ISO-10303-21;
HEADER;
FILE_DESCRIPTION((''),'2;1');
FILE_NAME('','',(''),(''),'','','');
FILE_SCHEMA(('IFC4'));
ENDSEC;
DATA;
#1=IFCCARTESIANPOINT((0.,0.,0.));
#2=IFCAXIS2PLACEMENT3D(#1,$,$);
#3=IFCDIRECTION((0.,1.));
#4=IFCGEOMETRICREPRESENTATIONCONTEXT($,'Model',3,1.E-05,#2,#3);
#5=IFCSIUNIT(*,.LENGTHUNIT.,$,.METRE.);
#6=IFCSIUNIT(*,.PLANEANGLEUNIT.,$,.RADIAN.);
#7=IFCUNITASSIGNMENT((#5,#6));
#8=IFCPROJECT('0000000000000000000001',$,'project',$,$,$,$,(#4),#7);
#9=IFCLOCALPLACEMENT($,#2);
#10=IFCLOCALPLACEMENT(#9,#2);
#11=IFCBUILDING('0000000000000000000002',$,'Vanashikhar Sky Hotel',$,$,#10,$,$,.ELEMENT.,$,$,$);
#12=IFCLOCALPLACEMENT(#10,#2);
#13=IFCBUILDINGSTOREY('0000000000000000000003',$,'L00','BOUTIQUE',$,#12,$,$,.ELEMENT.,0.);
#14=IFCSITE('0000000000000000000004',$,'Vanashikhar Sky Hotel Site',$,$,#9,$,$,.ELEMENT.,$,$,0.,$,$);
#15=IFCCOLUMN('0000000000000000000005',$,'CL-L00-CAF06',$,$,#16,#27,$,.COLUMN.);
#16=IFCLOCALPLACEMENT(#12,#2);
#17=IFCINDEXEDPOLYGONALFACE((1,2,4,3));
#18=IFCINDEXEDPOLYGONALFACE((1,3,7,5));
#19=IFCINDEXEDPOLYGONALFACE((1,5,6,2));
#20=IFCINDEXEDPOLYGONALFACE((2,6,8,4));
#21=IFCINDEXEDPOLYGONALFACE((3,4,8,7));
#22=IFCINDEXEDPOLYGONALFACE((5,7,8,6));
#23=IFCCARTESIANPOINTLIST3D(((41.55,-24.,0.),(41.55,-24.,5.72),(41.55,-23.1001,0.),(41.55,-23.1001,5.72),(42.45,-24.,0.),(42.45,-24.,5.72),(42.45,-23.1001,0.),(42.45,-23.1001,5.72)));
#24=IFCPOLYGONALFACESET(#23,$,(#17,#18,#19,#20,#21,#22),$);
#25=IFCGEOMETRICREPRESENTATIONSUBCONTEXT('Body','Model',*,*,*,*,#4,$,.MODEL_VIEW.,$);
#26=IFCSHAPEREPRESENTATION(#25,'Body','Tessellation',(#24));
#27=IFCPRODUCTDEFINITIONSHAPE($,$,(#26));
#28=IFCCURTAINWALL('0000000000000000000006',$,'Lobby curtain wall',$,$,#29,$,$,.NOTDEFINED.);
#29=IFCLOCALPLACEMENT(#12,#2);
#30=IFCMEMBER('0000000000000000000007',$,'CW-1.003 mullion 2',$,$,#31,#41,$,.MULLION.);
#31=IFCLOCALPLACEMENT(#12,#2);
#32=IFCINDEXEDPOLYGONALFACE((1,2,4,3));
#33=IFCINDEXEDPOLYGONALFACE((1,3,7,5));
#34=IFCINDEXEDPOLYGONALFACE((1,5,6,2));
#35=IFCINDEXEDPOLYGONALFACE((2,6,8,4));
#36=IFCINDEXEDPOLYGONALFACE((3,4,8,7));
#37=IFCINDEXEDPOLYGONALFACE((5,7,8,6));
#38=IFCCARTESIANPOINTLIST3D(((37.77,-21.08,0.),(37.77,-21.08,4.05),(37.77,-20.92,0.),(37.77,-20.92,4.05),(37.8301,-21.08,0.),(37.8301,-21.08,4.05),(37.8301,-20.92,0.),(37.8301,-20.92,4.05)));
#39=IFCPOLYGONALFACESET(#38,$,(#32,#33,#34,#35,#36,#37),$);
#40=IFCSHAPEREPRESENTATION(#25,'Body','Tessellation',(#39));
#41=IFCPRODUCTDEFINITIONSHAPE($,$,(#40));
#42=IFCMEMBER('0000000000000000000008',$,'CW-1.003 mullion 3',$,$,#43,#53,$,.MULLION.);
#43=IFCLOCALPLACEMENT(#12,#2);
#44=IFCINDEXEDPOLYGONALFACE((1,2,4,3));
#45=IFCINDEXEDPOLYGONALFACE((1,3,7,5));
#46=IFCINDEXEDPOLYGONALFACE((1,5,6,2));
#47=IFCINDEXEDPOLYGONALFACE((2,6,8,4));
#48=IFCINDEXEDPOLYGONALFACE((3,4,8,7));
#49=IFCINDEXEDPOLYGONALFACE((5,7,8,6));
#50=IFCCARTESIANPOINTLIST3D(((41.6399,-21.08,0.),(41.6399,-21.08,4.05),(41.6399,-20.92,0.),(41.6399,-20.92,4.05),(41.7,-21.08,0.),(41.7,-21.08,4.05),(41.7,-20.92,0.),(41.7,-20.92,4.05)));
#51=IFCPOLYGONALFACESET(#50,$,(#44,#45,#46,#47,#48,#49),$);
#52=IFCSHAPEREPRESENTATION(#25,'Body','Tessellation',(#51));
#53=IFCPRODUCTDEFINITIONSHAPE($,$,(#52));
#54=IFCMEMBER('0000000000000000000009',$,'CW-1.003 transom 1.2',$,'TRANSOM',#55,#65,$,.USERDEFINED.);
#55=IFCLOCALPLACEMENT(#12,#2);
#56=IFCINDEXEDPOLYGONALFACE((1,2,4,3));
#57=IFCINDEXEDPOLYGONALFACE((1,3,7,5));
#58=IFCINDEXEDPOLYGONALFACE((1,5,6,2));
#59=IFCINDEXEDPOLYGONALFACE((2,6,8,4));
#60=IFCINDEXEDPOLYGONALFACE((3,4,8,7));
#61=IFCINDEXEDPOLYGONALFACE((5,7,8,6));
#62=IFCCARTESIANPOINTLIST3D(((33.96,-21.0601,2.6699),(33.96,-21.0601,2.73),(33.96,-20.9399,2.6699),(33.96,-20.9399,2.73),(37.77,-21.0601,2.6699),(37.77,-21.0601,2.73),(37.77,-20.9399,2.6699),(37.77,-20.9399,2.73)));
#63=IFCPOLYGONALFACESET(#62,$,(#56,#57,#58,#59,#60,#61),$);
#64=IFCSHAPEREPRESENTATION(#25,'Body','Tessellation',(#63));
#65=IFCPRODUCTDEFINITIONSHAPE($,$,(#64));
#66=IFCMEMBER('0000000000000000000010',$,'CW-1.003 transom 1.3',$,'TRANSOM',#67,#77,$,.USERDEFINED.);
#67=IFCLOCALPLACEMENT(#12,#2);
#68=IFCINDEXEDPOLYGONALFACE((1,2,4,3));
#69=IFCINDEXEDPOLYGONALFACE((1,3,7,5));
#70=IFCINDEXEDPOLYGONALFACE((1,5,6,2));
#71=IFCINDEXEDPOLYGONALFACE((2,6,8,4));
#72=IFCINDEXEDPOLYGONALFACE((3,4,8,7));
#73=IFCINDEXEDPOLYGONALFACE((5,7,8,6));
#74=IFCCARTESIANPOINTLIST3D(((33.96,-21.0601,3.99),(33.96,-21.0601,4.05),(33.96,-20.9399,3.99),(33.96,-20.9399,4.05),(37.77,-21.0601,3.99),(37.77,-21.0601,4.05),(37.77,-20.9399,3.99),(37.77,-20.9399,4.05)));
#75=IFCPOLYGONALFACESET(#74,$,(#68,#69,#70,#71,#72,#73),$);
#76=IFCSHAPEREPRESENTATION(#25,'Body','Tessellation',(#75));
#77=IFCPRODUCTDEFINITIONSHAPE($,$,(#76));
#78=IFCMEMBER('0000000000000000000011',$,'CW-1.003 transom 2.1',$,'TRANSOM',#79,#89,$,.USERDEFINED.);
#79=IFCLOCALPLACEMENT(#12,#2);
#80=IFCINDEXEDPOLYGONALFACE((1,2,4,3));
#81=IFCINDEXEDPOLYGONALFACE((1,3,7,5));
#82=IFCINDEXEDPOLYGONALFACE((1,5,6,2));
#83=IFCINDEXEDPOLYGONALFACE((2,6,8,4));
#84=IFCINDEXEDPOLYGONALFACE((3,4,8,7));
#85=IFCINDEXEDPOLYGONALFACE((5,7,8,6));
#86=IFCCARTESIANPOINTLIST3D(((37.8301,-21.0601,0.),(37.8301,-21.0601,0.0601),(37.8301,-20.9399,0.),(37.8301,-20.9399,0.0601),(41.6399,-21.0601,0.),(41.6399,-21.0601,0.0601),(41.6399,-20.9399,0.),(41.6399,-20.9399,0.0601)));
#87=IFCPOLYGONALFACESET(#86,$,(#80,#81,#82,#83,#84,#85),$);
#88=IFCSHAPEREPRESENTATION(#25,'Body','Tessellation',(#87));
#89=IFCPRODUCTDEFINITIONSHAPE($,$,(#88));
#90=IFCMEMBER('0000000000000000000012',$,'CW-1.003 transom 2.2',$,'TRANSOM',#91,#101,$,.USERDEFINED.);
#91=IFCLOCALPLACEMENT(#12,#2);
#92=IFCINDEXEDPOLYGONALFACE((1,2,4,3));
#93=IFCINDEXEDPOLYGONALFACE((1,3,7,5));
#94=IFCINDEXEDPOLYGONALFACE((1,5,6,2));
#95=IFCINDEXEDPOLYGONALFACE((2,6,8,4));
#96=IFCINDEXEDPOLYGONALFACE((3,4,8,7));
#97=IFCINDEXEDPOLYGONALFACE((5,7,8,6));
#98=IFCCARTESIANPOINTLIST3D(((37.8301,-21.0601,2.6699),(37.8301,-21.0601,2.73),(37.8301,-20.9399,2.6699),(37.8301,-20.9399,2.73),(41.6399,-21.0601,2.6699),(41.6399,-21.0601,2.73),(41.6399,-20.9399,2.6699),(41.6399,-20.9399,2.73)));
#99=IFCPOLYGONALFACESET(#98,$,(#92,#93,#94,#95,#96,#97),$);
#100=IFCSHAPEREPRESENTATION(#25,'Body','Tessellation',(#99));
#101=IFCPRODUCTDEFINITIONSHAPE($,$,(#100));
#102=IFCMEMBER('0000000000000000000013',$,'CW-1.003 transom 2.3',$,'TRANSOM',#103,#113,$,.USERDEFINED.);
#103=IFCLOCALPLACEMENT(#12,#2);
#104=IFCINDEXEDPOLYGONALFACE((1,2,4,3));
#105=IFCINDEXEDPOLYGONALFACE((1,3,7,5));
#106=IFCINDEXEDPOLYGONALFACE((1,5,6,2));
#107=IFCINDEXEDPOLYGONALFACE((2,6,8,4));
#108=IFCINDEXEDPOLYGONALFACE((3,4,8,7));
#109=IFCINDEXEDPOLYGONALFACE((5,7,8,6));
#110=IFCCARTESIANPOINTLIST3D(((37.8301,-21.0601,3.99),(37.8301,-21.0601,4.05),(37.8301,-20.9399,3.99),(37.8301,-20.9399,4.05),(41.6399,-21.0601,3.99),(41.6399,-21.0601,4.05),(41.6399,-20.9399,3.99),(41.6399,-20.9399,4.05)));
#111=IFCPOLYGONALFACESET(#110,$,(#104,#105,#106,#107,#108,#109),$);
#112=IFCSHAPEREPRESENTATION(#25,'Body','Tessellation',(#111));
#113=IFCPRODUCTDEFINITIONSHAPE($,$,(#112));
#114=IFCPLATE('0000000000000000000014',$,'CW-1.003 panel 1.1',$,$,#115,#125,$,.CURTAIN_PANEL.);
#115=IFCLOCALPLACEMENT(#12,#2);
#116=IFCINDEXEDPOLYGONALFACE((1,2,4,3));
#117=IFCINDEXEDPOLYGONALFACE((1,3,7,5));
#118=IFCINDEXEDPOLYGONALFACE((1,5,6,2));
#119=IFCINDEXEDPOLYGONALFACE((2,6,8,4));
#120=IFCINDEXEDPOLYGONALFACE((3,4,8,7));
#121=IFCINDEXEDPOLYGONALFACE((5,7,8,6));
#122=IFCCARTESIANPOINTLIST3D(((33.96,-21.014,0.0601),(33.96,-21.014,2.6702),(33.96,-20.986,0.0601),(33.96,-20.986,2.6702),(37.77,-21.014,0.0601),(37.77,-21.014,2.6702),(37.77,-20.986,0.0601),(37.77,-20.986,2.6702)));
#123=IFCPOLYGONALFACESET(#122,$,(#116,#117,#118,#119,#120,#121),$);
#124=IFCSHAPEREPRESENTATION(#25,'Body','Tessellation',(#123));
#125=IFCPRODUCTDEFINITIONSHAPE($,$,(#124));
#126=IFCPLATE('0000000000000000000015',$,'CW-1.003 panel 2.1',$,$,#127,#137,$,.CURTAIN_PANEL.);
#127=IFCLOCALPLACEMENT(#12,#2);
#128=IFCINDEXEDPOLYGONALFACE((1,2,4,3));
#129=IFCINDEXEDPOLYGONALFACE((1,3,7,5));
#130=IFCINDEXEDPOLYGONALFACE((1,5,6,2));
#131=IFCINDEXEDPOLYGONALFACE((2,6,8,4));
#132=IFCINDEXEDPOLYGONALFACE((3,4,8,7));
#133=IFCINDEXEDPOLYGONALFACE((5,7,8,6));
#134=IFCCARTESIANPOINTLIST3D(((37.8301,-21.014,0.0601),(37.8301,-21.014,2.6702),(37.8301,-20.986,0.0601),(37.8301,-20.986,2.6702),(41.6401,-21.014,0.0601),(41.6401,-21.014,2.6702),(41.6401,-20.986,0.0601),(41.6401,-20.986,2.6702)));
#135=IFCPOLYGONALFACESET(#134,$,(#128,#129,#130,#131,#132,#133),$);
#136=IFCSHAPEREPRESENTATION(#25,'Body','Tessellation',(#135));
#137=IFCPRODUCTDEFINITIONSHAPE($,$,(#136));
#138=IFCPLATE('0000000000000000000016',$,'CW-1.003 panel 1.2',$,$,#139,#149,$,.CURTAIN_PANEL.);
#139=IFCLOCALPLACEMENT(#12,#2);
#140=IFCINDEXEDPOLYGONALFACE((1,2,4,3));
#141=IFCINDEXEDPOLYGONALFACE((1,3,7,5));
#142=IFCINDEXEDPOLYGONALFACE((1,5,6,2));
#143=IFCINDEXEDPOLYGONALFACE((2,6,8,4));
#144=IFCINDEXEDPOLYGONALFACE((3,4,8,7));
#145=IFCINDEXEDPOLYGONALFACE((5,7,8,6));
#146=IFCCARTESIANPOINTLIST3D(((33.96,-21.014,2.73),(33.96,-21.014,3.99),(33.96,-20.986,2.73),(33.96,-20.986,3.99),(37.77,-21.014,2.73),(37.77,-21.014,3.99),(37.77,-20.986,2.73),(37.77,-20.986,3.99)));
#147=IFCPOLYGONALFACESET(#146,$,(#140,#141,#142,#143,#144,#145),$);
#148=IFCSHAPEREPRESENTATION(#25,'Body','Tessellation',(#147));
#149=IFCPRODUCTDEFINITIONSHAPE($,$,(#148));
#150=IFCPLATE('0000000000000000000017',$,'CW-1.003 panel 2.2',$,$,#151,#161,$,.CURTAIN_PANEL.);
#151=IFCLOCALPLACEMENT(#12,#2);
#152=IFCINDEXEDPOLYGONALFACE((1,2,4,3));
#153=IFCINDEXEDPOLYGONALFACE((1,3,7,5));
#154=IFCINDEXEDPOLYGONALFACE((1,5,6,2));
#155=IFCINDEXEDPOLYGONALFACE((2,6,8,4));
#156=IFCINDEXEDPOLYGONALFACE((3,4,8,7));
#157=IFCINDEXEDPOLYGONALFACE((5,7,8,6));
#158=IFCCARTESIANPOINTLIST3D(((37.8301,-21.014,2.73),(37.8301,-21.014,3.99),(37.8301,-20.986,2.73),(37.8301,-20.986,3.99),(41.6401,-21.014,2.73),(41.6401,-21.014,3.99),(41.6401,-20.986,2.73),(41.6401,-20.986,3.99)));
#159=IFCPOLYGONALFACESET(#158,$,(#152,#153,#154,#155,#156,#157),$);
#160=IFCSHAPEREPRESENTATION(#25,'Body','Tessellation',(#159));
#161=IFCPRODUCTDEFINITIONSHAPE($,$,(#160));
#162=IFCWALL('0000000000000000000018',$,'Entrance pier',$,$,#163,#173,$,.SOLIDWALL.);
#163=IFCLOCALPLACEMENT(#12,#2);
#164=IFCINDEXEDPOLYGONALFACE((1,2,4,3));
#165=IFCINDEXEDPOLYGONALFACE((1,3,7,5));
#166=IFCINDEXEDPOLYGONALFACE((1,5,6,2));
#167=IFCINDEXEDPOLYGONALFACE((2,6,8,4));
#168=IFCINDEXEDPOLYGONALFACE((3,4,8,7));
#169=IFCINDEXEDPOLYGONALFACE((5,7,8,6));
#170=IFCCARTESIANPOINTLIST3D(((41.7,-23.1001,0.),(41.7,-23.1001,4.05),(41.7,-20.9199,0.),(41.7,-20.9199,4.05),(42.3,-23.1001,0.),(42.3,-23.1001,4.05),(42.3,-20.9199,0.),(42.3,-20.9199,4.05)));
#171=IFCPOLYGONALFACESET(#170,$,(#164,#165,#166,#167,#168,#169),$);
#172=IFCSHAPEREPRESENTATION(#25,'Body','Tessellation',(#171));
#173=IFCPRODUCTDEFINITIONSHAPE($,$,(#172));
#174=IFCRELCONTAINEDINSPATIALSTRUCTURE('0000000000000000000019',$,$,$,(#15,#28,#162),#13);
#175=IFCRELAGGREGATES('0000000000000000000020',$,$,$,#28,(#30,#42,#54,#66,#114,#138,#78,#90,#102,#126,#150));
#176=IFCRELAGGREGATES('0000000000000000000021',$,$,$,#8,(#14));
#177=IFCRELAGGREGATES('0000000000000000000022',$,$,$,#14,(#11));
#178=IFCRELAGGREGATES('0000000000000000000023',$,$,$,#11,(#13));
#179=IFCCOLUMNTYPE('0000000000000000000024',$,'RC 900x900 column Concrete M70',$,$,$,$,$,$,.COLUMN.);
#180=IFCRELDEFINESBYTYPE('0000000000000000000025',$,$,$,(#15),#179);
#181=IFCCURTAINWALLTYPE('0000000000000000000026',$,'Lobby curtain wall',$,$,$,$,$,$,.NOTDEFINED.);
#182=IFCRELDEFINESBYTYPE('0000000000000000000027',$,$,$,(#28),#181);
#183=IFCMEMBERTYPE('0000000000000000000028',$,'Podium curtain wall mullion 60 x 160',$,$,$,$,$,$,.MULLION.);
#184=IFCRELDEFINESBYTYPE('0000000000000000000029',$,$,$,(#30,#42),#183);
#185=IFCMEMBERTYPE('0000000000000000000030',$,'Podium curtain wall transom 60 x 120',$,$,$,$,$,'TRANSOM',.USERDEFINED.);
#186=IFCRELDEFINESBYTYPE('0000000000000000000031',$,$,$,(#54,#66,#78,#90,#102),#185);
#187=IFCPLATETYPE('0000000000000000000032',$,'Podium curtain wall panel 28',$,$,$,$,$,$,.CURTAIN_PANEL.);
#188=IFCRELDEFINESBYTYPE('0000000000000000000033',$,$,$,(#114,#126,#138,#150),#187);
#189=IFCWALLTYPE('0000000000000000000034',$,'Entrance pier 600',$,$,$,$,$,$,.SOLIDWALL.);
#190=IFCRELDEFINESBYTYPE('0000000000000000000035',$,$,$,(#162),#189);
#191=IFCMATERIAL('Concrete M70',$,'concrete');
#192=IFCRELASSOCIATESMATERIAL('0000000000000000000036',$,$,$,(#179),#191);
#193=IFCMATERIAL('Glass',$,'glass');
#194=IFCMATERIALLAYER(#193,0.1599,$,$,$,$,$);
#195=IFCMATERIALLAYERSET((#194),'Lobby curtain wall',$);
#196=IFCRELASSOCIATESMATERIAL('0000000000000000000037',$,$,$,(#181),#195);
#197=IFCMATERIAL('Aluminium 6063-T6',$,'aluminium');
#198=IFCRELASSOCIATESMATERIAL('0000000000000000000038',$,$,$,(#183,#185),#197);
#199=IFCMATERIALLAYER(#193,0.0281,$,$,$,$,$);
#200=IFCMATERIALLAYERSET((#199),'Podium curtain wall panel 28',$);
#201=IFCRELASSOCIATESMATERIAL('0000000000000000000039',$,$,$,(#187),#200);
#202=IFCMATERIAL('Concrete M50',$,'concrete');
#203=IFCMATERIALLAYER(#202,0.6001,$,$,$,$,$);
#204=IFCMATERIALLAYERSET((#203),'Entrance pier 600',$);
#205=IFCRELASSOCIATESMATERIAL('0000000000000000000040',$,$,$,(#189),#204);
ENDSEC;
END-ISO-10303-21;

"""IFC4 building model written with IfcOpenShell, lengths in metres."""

from ifc_helpers import new_model, si_unit, direction, frame, frame_2d, origin, origin_2d, place, context, subcontext, project, spatial, rectangle, extrude, source, transform, mapped, material, layer, layer_set, material_profile, profile_set, type_object, element, aggregate, save


model = new_model("IFC4")

# Units and contexts
model_context = context("Model", 3, precision=1e-05, world=origin(), true_north=direction((0.0, 1.0)))
body_context = subcontext(model_context, "Body", "Model", "MODEL_VIEW")
ifc_project = project(units=[si_unit("LENGTHUNIT", "METRE"), si_unit("PLANEANGLEUNIT", "RADIAN")], contexts=[model_context])

# Site, building, storey
site_placement = place(None, origin())
site = spatial("IfcSite", under=ifc_project, at=site_placement, Name="Vanashikhar Sky Hotel Site", CompositionType="ELEMENT", RefElevation=0.0)
building_placement = place(site_placement, origin())
building = spatial("IfcBuilding", under=site, at=building_placement, Name="Vanashikhar Sky Hotel", CompositionType="ELEMENT")
storey_placement = place(building_placement, origin())
storey = spatial("IfcBuildingStorey", under=building, at=storey_placement, Name="L00", Description="BOUTIQUE", CompositionType="ELEMENT", Elevation=0.0)

# Column
ifc_material_1 = material(Name="Concrete M70", Category="concrete")
ifc_material_profile_1 = material_profile(ifc_material_1, rectangle(XDim=0.8999, YDim=0.8999, at=origin_2d()))
ifc_profile_set_1 = profile_set([ifc_material_profile_1], Name="RC 900x900 column Concrete M70")
column_type = type_object("IfcColumnType", Name="RC 900x900 column Concrete M70", PredefinedType="COLUMN", material=ifc_profile_set_1)
shared_shape_1 = source(origin(), body_context, "Body", "SweptSolid", [
    extrude(rectangle(XDim=0.8999, YDim=0.8999, at=origin_2d()), origin(), (0.0, 0.0, 1.0), 5.72),
])
column_placement = place(storey_placement, frame((42.0, -23.55, 0.0), z_axis=(0.0, 0.0, 1.0), x_axis=(1.0, 0.0, 0.0)))
element("IfcColumn", 1, at=column_placement, inside=storey, type_object=column_type, Name="CL-L00-CAF06", PredefinedType="COLUMN", context=body_context, shape_type="MappedRepresentation", body=[
    mapped(shared_shape_1, transform((0.0, 0.0, 0.0), scale=1.0)),
])

# Curtain wall, members, plates
ifc_material_2 = material(Name="Glass", Category="glass")
ifc_layer_1 = layer(ifc_material_2, 0.1599)
ifc_layer_set_1 = layer_set([ifc_layer_1], Name="Lobby curtain wall")
curtain_wall_type = type_object("IfcCurtainWallType", Name="Lobby curtain wall", PredefinedType="NOTDEFINED", material=ifc_layer_set_1)
curtain_wall_placement = place(storey_placement, origin())
curtain_wall = element("IfcCurtainWall", 2, at=curtain_wall_placement, inside=storey, type_object=curtain_wall_type, Name="Lobby curtain wall", PredefinedType="NOTDEFINED")
ifc_material_3 = material(Name="Aluminium 6063-T6", Category="aluminium")
ifc_material_profile_2 = material_profile(ifc_material_3, rectangle(XDim=0.1599, YDim=0.0601, at=origin_2d()))
ifc_profile_set_2 = profile_set([ifc_material_profile_2], Name="Aluminium 6063-T6")
member_type_1 = type_object("IfcMemberType", Name="Podium curtain wall mullion 60 x 160", PredefinedType="MULLION", material=ifc_profile_set_2)
shared_shape_2 = source(origin(), body_context, "Body", "SweptSolid", [
    extrude(rectangle(XDim=0.1599, YDim=0.0601, at=origin_2d()), origin(), (0.0, 0.0, 1.0), 4.05),
])
member_1_placement = place(storey_placement, frame((37.8, -21.0, 0.0), z_axis=(0.0, 0.0, 1.0), x_axis=(0.0, 1.0, 0.0)))
member_1 = element("IfcMember", 3, at=member_1_placement, type_object=member_type_1, Name="CW-1.003 mullion 2", PredefinedType="MULLION", context=body_context, shape_type="MappedRepresentation", body=[
    mapped(shared_shape_2, transform((0.0, 0.0, 0.0), scale=1.0)),
])
member_2_placement = place(storey_placement, frame((41.6699, -21.0, 0.0), z_axis=(0.0, 0.0, 1.0), x_axis=(0.0, 1.0, 0.0)))
member_2 = element("IfcMember", 4, at=member_2_placement, type_object=member_type_1, Name="CW-1.003 mullion 3", PredefinedType="MULLION", context=body_context, shape_type="MappedRepresentation", body=[
    mapped(shared_shape_2, transform((0.0, 0.0, 0.0), scale=1.0)),
])
ifc_material_profile_3 = material_profile(ifc_material_3, rectangle(XDim=0.1201, YDim=0.0601, at=origin_2d()))
ifc_profile_set_3 = profile_set([ifc_material_profile_3], Name="Aluminium 6063-T6")
member_type_2 = type_object("IfcMemberType", Name="Podium curtain wall transom 60 x 120", ElementType="TRANSOM", PredefinedType="USERDEFINED", material=ifc_profile_set_3)
shared_shape_3 = source(origin(), body_context, "Body", "SweptSolid", [
    extrude(rectangle(XDim=0.1201, YDim=0.0601, at=origin_2d()), origin(), (0.0, 0.0, 1.0), 3.8101),
])
member_3_placement = place(storey_placement, frame((33.96, -21.0, 2.7), z_axis=(1.0, 0.0, 0.0), x_axis=(0.0, 1.0, 0.0)))
member_3 = element("IfcMember", 5, at=member_3_placement, type_object=member_type_2, Name="CW-1.003 transom 1.2", ObjectType="TRANSOM", PredefinedType="USERDEFINED", context=body_context, shape_type="MappedRepresentation", body=[
    mapped(shared_shape_3, transform((0.0, 0.0, 0.0), scale=1.0)),
])
member_4_placement = place(storey_placement, frame((33.96, -21.0, 4.02), z_axis=(1.0, 0.0, 0.0), x_axis=(0.0, 1.0, 0.0)))
member_4 = element("IfcMember", 6, at=member_4_placement, type_object=member_type_2, Name="CW-1.003 transom 1.3", ObjectType="TRANSOM", PredefinedType="USERDEFINED", context=body_context, shape_type="MappedRepresentation", body=[
    mapped(shared_shape_3, transform((0.0, 0.0, 0.0), scale=1.0)),
])
shared_shape_4 = source(origin(), body_context, "Body", "SweptSolid", [
    extrude(rectangle(XDim=0.1201, YDim=0.0601, at=origin_2d()), origin(), (0.0, 0.0, 1.0), 3.8098),
])
member_5_placement = place(storey_placement, frame((37.8301, -21.0, 0.03), z_axis=(1.0, 0.0, 0.0), x_axis=(0.0, 1.0, 0.0)))
member_5 = element("IfcMember", 7, at=member_5_placement, type_object=member_type_2, Name="CW-1.003 transom 2.1", ObjectType="TRANSOM", PredefinedType="USERDEFINED", context=body_context, shape_type="MappedRepresentation", body=[
    mapped(shared_shape_4, transform((0.0, 0.0, 0.0), scale=1.0)),
])
member_6_placement = place(storey_placement, frame((37.8301, -21.0, 2.7), z_axis=(1.0, 0.0, 0.0), x_axis=(0.0, 1.0, 0.0)))
member_6 = element("IfcMember", 8, at=member_6_placement, type_object=member_type_2, Name="CW-1.003 transom 2.2", ObjectType="TRANSOM", PredefinedType="USERDEFINED", context=body_context, shape_type="MappedRepresentation", body=[
    mapped(shared_shape_4, transform((0.0, 0.0, 0.0), scale=1.0)),
])
member_7_placement = place(storey_placement, frame((37.8301, -21.0, 4.02), z_axis=(1.0, 0.0, 0.0), x_axis=(0.0, 1.0, 0.0)))
member_7 = element("IfcMember", 9, at=member_7_placement, type_object=member_type_2, Name="CW-1.003 transom 2.3", ObjectType="TRANSOM", PredefinedType="USERDEFINED", context=body_context, shape_type="MappedRepresentation", body=[
    mapped(shared_shape_4, transform((0.0, 0.0, 0.0), scale=1.0)),
])
ifc_layer_2 = layer(ifc_material_2, 0.0281)
ifc_layer_set_2 = layer_set([ifc_layer_2], Name="Podium curtain wall panel 28")
plate_type = type_object("IfcPlateType", Name="Podium curtain wall panel 28", PredefinedType="CURTAIN_PANEL", material=ifc_layer_set_2)
shared_shape_5 = source(origin(), body_context, "Body", "SweptSolid", [
    extrude(rectangle(XDim=3.8101, YDim=0.0281, at=origin_2d()), origin(), (0.0, 0.0, 1.0), 2.6101),
])
plate_1_placement = place(storey_placement, frame((35.865, -21.0, 0.0601), z_axis=(0.0, 0.0, 1.0), x_axis=(1.0, 0.0, 0.0)))
plate_1 = element("IfcPlate", 10, at=plate_1_placement, type_object=plate_type, Name="CW-1.003 panel 1.1", PredefinedType="CURTAIN_PANEL", context=body_context, shape_type="MappedRepresentation", body=[
    mapped(shared_shape_5, transform((0.0, 0.0, 0.0), scale=1.0)),
])
plate_2_placement = place(storey_placement, frame((39.7351, -21.0, 0.0601), z_axis=(0.0, 0.0, 1.0), x_axis=(1.0, 0.0, 0.0)))
plate_2 = element("IfcPlate", 11, at=plate_2_placement, type_object=plate_type, Name="CW-1.003 panel 2.1", PredefinedType="CURTAIN_PANEL", context=body_context, shape_type="MappedRepresentation", body=[
    mapped(shared_shape_5, transform((0.0, 0.0, 0.0), scale=1.0)),
])
shared_shape_6 = source(origin(), body_context, "Body", "SweptSolid", [
    extrude(rectangle(XDim=3.8101, YDim=0.0281, at=origin_2d()), origin(), (0.0, 0.0, 1.0), 1.26),
])
plate_3_placement = place(storey_placement, frame((35.865, -21.0, 2.73), z_axis=(0.0, 0.0, 1.0), x_axis=(1.0, 0.0, 0.0)))
plate_3 = element("IfcPlate", 12, at=plate_3_placement, type_object=plate_type, Name="CW-1.003 panel 1.2", PredefinedType="CURTAIN_PANEL", context=body_context, shape_type="MappedRepresentation", body=[
    mapped(shared_shape_6, transform((0.0, 0.0, 0.0), scale=1.0)),
])
plate_4_placement = place(storey_placement, frame((39.7351, -21.0, 2.73), z_axis=(0.0, 0.0, 1.0), x_axis=(1.0, 0.0, 0.0)))
plate_4 = element("IfcPlate", 13, at=plate_4_placement, type_object=plate_type, Name="CW-1.003 panel 2.2", PredefinedType="CURTAIN_PANEL", context=body_context, shape_type="MappedRepresentation", body=[
    mapped(shared_shape_6, transform((0.0, 0.0, 0.0), scale=1.0)),
])
aggregate(curtain_wall, [member_1, member_2, member_3, member_4, plate_1, plate_3, member_5, member_6, member_7, plate_2, plate_4])

# Wall
ifc_material_4 = material(Name="Concrete M50", Category="concrete")
ifc_layer_3 = layer(ifc_material_4, 0.6001)
ifc_layer_set_3 = layer_set([ifc_layer_3], Name="Entrance pier 600")
wall_type_1 = type_object("IfcWallType", Name="Entrance pier 600", PredefinedType="SOLIDWALL", material=ifc_layer_set_3)
shared_shape_7 = source(origin(), body_context, "Body", "SweptSolid", [
    extrude(rectangle(XDim=2.1802, YDim=0.6001, at=frame_2d((1.0901, 0.0))), origin(), (0.0, 0.0, 1.0), 4.05),
])
wall_1_placement = place(storey_placement, frame((42.0, -23.1001, 0.0), z_axis=(0.0, 0.0, 1.0), x_axis=(0.0, 1.0, 0.0)))
element("IfcWall", 14, at=wall_1_placement, inside=storey, type_object=wall_type_1, Name="Entrance pier", PredefinedType="SOLIDWALL", context=body_context, shape_type="MappedRepresentation", body=[
    mapped(shared_shape_7, transform((0.0, 0.0, 0.0), scale=1.0)),
])

save(model, "model.ifc")
